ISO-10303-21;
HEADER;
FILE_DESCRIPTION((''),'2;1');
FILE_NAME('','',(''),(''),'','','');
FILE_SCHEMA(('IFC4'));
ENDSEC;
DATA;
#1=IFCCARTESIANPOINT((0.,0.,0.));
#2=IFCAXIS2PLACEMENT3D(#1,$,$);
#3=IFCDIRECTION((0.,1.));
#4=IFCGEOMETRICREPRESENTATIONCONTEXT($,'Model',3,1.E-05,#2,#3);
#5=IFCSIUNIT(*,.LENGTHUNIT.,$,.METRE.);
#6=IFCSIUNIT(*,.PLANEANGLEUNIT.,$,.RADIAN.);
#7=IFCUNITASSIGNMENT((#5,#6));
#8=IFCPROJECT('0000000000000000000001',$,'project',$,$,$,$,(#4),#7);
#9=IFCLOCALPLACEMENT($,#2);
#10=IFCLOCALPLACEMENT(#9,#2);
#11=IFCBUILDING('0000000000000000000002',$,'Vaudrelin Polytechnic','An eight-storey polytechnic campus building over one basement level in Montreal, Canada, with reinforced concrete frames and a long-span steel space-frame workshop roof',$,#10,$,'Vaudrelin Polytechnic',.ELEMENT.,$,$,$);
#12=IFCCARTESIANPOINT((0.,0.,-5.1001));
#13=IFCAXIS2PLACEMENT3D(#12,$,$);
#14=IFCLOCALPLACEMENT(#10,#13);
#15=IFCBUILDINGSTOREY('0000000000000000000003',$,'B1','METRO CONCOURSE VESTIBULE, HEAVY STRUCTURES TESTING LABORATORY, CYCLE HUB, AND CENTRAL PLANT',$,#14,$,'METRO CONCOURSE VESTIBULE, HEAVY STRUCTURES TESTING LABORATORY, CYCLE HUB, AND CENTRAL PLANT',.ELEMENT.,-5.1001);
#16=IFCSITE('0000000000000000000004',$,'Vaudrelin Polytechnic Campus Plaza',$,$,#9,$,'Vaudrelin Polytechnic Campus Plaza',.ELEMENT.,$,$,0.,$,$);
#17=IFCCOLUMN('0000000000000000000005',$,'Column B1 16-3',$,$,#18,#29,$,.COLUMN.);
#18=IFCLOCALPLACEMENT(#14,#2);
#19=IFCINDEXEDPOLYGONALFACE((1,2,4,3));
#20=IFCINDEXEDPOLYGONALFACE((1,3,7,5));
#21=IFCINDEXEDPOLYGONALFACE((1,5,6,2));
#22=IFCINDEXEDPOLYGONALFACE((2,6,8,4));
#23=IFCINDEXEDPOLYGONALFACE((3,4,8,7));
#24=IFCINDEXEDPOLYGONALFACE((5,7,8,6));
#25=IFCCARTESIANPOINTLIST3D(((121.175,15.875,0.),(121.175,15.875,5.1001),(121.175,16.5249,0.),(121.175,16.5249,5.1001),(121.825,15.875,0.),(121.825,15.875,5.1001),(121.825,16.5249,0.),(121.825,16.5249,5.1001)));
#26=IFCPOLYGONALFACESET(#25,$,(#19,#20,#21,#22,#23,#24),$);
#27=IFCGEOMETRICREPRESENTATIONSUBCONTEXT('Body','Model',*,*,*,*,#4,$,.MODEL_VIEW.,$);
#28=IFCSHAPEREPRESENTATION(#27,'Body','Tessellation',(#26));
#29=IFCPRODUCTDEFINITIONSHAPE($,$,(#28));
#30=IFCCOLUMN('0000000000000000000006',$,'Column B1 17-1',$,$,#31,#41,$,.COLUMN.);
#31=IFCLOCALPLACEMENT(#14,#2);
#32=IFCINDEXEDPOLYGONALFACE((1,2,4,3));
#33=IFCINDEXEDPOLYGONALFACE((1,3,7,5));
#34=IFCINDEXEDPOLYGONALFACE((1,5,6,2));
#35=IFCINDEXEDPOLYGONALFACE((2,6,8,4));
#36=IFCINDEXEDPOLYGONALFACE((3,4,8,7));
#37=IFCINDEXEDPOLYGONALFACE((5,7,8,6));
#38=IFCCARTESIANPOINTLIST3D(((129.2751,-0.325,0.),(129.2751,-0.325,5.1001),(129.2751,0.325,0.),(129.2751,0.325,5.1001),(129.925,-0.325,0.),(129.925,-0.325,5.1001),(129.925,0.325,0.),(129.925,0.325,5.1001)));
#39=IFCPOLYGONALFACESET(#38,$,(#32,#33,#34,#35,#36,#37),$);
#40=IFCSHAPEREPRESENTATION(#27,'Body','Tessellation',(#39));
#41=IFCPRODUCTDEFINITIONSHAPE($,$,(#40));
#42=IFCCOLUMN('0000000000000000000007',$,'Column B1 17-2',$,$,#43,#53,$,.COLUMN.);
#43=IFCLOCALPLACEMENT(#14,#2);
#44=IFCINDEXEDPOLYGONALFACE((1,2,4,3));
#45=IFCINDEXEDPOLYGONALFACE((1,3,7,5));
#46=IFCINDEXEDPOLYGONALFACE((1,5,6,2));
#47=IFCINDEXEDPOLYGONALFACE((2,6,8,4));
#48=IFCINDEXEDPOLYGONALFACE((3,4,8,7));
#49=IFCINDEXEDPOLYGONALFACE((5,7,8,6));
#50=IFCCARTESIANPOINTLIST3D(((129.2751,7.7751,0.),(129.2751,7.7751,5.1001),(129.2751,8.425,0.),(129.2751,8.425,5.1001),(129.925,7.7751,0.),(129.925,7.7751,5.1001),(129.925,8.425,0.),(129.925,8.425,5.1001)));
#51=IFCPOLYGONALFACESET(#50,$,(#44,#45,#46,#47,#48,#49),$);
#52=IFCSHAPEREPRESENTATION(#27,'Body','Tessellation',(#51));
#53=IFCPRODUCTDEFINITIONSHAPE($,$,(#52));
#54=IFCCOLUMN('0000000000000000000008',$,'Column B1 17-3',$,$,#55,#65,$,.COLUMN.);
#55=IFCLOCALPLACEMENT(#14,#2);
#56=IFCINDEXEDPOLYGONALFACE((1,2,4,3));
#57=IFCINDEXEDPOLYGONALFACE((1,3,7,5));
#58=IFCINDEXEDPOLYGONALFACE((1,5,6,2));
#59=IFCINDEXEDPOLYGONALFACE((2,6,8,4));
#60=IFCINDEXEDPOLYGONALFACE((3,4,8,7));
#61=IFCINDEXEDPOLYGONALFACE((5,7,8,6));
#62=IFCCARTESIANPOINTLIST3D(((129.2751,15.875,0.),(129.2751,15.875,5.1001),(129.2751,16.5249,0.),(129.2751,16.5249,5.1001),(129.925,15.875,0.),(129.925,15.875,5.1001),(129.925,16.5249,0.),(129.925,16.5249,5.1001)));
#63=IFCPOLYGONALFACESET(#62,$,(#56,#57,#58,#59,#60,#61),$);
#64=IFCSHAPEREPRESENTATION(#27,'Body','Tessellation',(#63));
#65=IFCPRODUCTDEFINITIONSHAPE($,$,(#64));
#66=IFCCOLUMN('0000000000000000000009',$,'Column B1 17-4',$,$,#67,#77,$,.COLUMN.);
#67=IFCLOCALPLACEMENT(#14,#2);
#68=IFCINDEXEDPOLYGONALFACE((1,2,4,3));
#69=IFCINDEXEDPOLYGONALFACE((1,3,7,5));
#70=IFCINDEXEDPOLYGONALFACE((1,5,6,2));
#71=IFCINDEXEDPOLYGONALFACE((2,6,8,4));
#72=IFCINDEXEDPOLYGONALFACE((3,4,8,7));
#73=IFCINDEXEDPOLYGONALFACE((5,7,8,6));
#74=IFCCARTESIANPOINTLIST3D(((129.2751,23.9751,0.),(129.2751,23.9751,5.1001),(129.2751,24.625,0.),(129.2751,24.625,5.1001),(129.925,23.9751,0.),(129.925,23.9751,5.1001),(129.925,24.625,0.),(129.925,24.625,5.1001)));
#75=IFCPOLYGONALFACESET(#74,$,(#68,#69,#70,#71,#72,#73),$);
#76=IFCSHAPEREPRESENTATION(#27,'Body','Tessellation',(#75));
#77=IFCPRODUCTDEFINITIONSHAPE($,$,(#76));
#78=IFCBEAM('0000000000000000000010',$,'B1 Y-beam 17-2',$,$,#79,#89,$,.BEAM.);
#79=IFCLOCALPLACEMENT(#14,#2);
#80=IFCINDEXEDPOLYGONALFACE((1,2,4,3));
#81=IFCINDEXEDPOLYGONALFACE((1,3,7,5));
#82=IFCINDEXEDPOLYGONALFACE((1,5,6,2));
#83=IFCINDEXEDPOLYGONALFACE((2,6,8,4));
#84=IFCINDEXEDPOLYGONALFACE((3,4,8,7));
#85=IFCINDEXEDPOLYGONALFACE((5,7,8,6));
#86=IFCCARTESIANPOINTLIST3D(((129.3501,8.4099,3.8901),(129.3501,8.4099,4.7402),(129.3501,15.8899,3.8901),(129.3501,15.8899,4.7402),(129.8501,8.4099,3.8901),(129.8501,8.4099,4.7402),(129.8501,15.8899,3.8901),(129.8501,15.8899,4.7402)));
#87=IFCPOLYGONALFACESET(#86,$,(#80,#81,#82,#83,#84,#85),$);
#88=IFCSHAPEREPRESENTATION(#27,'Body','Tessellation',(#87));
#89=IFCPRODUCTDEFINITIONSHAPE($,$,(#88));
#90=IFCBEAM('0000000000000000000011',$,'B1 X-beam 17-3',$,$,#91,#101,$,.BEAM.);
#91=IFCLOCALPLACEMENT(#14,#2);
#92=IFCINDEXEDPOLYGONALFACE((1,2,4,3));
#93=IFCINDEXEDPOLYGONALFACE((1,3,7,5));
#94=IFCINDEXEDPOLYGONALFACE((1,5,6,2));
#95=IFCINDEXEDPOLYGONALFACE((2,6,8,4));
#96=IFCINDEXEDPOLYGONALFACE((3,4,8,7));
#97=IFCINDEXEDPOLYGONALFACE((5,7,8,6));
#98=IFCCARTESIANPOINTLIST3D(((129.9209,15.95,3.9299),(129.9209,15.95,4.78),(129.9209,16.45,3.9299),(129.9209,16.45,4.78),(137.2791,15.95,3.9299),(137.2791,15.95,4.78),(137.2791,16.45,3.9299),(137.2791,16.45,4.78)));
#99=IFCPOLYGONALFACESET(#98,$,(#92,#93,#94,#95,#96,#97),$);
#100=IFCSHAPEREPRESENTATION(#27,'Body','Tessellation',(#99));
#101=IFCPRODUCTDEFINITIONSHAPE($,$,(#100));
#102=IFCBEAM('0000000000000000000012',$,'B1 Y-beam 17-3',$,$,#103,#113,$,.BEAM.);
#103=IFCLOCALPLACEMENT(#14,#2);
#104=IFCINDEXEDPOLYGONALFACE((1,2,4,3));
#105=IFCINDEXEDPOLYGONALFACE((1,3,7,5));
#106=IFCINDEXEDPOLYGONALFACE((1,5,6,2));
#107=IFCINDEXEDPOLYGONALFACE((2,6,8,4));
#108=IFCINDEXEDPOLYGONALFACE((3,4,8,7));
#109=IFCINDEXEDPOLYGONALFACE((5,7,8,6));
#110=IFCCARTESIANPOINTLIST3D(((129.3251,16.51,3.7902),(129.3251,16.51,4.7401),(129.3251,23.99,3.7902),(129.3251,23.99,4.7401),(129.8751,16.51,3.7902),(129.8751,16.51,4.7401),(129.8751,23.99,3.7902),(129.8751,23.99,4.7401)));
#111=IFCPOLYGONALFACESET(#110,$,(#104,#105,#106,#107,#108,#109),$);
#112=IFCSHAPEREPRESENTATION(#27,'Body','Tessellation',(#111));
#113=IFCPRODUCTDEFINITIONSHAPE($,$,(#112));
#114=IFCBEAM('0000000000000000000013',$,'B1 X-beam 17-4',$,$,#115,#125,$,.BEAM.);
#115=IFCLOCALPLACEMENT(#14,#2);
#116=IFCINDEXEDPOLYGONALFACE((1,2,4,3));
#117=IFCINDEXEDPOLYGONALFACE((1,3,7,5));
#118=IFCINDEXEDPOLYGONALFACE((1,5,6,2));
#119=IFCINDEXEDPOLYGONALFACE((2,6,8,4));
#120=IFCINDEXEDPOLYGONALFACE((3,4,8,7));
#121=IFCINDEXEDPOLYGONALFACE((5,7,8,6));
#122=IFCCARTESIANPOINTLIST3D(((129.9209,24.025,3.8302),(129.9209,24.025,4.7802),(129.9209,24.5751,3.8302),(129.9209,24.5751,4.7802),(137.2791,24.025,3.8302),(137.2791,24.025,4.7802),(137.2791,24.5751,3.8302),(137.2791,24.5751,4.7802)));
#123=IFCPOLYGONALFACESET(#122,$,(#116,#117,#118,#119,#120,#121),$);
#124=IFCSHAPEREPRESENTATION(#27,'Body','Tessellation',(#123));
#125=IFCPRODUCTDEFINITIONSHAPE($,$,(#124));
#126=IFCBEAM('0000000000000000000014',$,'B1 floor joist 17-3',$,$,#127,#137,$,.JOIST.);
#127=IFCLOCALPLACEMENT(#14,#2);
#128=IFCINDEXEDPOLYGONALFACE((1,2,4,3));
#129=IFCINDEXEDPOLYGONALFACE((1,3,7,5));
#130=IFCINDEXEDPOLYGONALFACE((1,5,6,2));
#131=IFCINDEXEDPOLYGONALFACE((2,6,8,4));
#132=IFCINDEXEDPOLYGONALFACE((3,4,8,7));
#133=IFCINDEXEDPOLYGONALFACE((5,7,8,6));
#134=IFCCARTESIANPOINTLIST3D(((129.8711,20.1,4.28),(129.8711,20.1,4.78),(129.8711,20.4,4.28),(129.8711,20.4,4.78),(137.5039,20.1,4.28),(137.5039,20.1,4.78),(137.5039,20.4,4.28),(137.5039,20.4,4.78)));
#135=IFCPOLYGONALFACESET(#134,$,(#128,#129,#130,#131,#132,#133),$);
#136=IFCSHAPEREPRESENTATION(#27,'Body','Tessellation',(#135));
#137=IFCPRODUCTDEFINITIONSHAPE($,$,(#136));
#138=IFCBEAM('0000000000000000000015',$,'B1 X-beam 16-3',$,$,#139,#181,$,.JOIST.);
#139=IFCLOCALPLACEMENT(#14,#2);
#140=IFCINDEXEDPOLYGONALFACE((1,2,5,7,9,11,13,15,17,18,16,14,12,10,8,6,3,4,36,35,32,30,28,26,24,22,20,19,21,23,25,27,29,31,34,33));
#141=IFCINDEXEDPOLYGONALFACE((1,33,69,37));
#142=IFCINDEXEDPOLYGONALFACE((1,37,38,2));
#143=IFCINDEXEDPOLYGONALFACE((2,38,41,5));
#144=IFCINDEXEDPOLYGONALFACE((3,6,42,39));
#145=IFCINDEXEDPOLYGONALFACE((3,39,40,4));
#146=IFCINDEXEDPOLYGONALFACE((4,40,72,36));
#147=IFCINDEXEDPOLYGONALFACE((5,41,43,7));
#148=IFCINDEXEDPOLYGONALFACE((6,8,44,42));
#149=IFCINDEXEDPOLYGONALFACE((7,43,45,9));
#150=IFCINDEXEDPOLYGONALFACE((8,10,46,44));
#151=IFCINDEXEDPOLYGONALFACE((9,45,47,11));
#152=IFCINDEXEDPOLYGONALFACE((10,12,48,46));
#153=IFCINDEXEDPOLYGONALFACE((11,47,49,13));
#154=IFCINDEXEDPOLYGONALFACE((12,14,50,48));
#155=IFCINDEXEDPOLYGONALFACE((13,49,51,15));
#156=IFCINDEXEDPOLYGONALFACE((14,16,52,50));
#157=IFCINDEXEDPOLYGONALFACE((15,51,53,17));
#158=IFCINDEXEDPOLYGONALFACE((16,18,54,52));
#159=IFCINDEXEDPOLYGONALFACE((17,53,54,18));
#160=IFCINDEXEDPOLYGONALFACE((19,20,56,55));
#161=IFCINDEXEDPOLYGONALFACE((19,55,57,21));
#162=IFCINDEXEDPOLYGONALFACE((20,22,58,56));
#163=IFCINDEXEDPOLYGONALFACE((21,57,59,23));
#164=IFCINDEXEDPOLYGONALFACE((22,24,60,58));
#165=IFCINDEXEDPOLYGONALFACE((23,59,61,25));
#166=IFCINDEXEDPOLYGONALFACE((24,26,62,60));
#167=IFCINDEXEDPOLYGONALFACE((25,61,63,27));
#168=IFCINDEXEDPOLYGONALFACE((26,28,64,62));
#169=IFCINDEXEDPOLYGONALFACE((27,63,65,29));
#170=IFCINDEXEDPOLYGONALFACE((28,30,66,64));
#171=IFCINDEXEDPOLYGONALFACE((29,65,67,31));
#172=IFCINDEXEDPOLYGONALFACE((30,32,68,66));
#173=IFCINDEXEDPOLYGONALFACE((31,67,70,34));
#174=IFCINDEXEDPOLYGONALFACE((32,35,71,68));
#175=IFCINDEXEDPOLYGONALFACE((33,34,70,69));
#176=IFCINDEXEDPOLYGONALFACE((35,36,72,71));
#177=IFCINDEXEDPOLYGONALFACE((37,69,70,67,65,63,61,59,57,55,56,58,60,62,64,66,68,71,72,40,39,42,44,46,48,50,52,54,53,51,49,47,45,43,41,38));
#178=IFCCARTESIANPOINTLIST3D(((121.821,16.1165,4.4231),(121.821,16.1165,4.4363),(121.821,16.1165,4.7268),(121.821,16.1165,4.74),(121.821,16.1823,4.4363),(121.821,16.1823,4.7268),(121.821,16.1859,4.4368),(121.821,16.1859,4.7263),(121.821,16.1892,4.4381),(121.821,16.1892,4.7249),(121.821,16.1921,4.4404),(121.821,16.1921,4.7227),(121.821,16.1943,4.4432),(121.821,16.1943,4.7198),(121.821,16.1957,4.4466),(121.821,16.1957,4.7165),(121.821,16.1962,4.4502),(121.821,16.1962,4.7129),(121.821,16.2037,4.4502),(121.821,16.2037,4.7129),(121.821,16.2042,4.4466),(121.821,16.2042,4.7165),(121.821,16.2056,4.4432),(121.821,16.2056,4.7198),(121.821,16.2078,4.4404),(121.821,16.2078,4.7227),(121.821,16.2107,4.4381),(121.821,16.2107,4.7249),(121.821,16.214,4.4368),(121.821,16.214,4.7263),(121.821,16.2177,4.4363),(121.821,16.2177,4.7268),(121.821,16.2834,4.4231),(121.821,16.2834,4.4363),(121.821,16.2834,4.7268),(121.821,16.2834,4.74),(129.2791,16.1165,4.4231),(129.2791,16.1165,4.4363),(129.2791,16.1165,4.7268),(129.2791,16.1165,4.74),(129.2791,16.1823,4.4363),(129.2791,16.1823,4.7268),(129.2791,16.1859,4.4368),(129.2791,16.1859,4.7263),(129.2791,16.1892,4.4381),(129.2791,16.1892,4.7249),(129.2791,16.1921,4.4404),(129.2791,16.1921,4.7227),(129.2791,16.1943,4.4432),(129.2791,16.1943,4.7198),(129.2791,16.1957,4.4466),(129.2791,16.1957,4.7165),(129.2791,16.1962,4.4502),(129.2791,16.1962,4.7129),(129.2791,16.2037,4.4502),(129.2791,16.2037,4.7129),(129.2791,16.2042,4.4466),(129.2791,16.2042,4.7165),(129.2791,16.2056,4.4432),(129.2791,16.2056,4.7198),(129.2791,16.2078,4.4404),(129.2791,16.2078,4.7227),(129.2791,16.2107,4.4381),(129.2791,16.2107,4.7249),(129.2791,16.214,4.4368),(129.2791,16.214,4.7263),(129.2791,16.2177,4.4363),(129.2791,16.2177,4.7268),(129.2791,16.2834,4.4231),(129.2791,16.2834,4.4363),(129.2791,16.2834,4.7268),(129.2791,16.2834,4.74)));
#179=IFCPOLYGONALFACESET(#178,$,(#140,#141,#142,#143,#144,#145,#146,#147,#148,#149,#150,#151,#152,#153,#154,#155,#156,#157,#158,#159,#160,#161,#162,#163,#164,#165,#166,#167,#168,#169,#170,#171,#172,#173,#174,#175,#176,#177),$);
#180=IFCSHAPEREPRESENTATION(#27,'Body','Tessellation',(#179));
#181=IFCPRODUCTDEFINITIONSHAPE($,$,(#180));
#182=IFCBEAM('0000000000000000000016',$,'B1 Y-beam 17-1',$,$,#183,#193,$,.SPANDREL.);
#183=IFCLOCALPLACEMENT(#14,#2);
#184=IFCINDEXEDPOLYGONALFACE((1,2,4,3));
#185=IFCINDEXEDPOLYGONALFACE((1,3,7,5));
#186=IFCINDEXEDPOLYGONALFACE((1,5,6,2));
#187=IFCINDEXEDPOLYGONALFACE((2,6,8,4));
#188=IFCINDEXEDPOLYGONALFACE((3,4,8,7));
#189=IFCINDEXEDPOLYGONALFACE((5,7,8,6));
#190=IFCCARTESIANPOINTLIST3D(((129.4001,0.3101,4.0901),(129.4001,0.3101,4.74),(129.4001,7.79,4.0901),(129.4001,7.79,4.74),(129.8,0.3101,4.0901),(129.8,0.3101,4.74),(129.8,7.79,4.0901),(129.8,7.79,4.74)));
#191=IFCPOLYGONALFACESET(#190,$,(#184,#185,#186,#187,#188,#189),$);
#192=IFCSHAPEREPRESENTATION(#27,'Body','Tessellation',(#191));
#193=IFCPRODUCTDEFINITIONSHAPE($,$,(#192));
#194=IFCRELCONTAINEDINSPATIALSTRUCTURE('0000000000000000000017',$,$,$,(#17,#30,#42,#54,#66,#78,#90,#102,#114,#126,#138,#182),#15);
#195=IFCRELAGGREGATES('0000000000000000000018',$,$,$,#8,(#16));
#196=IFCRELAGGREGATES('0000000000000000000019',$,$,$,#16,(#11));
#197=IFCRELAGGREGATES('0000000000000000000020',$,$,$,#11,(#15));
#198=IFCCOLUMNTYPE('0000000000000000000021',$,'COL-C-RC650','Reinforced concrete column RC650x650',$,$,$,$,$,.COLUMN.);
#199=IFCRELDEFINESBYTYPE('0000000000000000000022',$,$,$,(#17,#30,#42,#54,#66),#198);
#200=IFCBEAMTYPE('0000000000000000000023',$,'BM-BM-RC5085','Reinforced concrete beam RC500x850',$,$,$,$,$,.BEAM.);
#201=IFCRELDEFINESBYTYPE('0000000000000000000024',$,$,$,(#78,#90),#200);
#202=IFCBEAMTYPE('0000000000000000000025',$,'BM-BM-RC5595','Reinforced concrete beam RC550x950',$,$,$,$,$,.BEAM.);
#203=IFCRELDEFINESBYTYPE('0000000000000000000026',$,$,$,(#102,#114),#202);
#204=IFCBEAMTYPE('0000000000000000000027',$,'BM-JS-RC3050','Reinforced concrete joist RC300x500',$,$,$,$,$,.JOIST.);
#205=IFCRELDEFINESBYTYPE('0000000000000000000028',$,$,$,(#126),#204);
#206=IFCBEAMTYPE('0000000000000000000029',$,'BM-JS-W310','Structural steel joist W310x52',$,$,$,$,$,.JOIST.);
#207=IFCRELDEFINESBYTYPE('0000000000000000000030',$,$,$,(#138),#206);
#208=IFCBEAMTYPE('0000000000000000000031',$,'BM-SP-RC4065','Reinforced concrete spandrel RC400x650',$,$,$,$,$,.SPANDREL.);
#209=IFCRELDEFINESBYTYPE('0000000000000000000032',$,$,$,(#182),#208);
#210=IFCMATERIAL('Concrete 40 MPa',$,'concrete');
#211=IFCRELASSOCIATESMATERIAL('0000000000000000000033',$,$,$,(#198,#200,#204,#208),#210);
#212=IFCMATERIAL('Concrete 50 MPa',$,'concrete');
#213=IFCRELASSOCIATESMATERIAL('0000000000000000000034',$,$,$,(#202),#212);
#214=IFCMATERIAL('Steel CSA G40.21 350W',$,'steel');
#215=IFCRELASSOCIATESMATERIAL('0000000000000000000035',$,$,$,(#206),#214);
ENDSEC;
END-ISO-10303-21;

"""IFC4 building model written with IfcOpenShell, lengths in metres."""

from ifc_helpers import new_model, si_unit, direction, frame, origin, origin_2d, place, context, subcontext, project, spatial, rectangle, i_section, extrude, material, material_profile, profile_set, type_object, element, save


model = new_model("IFC4")

# Units and contexts
model_context = context("Model", 3, precision=1e-05, world=origin(), true_north=direction((0.0, 1.0)))
body_context = subcontext(model_context, "Body", "Model", "MODEL_VIEW")
ifc_project = project(units=[si_unit("LENGTHUNIT", "METRE"), si_unit("PLANEANGLEUNIT", "RADIAN")], contexts=[model_context])

# Site, building, storey
site_placement = place(None, origin())
site = spatial("IfcSite", under=ifc_project, at=site_placement, Name="Vaudrelin Polytechnic Campus Plaza", LongName="Vaudrelin Polytechnic Campus Plaza", CompositionType="ELEMENT", RefElevation=0.0)
building_placement = place(site_placement, origin())
building = spatial("IfcBuilding", under=site, at=building_placement, Name="Vaudrelin Polytechnic", Description="An eight-storey polytechnic campus building over one basement level in Montreal, Canada, with reinforced concrete frames and a long-span steel space-frame workshop roof", LongName="Vaudrelin Polytechnic", CompositionType="ELEMENT")
storey_placement = place(building_placement, frame((0.0, 0.0, -5.1001)))
storey = spatial("IfcBuildingStorey", under=building, at=storey_placement, Name="B1", Description="METRO CONCOURSE VESTIBULE, HEAVY STRUCTURES TESTING LABORATORY, CYCLE HUB, AND CENTRAL PLANT", LongName="METRO CONCOURSE VESTIBULE, HEAVY STRUCTURES TESTING LABORATORY, CYCLE HUB, AND CENTRAL PLANT", CompositionType="ELEMENT", Elevation=-5.1001)

# Shared definitions
ifc_material_1 = material(Name="Concrete 40 MPa", Category="concrete")

# Columns
ifc_material_profile_1 = material_profile(ifc_material_1, rectangle(XDim=0.6499, YDim=0.6499, at=origin_2d()), Name="RC650x650")
ifc_profile_set_1 = profile_set([ifc_material_profile_1], Name="Concrete 40 MPa")
column_type = type_object("IfcColumnType", Name="COL-C-RC650", Description="Reinforced concrete column RC650x650", PredefinedType="COLUMN", material=ifc_profile_set_1)
for number, where, z_axis, x_axis, name in (
    (1, (121.5, 16.2, 0.0), (0.0, 0.0, 1.0), (1.0, 0.0, 0.0), "Column B1 16-3"),
    (2, (129.6001, 0.0, 0.0), (0.0, 0.0, 1.0), (1.0, 0.0, 0.0), "Column B1 17-1"),
    (3, (129.6001, 8.1001, 0.0), (0.0, 0.0, 1.0), (1.0, 0.0, 0.0), "Column B1 17-2"),
    (4, (129.6001, 16.2, 0.0), (0.0, 0.0, 1.0), (1.0, 0.0, 0.0), "Column B1 17-3"),
    (5, (129.6001, 24.3, 0.0), (0.0, 0.0, 1.0), (1.0, 0.0, 0.0), "Column B1 17-4"),
):
    element("IfcColumn", number, at=place(storey_placement, frame(where, z_axis=z_axis, x_axis=x_axis)), inside=storey, type_object=column_type, Name=name, PredefinedType="COLUMN", context=body_context, shape_type="SweptSolid", body=[
        extrude(rectangle(XDim=0.6499, YDim=0.6499, at=origin_2d()), origin(), (0.0, 0.0, 1.0), 5.1001),
    ])

# Beams
ifc_material_profile_2 = material_profile(ifc_material_1, rectangle(XDim=0.5, YDim=0.8501, at=origin_2d()), Name="RC500x850")
ifc_profile_set_2 = profile_set([ifc_material_profile_2], Name="Concrete 40 MPa")
beam_type_1 = type_object("IfcBeamType", Name="BM-BM-RC5085", Description="Reinforced concrete beam RC500x850", PredefinedType="BEAM", material=ifc_profile_set_2)
beam_1_placement = place(storey_placement, frame((129.6001, 8.4099, 4.3152), z_axis=(0.0, 1.0, 0.0), x_axis=(-1.0, 0.0, 0.0)))
element("IfcBeam", 6, at=beam_1_placement, inside=storey, type_object=beam_type_1, Name="B1 Y-beam 17-2", PredefinedType="BEAM", context=body_context, shape_type="SweptSolid", body=[
    extrude(rectangle(XDim=0.5, YDim=0.8501, at=origin_2d()), origin(), (0.0, 0.0, 1.0), 7.48),
])
beam_2_placement = place(storey_placement, frame((129.9209, 16.2, 4.355), z_axis=(1.0, 0.0, 0.0), x_axis=(0.0, 1.0, 0.0)))
element("IfcBeam", 7, at=beam_2_placement, inside=storey, type_object=beam_type_1, Name="B1 X-beam 17-3", PredefinedType="BEAM", context=body_context, shape_type="SweptSolid", body=[
    extrude(rectangle(XDim=0.5, YDim=0.8501, at=origin_2d()), origin(), (0.0, 0.0, 1.0), 7.3582),
])
ifc_material_2 = material(Name="Concrete 50 MPa", Category="concrete")
ifc_material_profile_3 = material_profile(ifc_material_2, rectangle(XDim=0.55, YDim=0.95, at=origin_2d()), Name="RC550x950")
ifc_profile_set_3 = profile_set([ifc_material_profile_3], Name="Concrete 50 MPa")
beam_type_2 = type_object("IfcBeamType", Name="BM-BM-RC5595", Description="Reinforced concrete beam RC550x950", PredefinedType="BEAM", material=ifc_profile_set_3)
beam_3_placement = place(storey_placement, frame((129.6001, 16.51, 4.2651), z_axis=(0.0, 1.0, 0.0), x_axis=(-1.0, 0.0, 0.0)))
element("IfcBeam", 8, at=beam_3_placement, inside=storey, type_object=beam_type_2, Name="B1 Y-beam 17-3", PredefinedType="BEAM", context=body_context, shape_type="SweptSolid", body=[
    extrude(rectangle(XDim=0.55, YDim=0.95, at=origin_2d()), origin(), (0.0, 0.0, 1.0), 7.48),
])
beam_4_placement = place(storey_placement, frame((129.9209, 24.3, 4.3052), z_axis=(1.0, 0.0, 0.0), x_axis=(0.0, 1.0, 0.0)))
element("IfcBeam", 9, at=beam_4_placement, inside=storey, type_object=beam_type_2, Name="B1 X-beam 17-4", PredefinedType="BEAM", context=body_context, shape_type="SweptSolid", body=[
    extrude(rectangle(XDim=0.55, YDim=0.95, at=origin_2d()), origin(), (0.0, 0.0, 1.0), 7.3582),
])
ifc_material_profile_4 = material_profile(ifc_material_1, rectangle(XDim=0.3, YDim=0.5, at=origin_2d()), Name="RC300x500")
ifc_profile_set_4 = profile_set([ifc_material_profile_4], Name="Concrete 40 MPa")
beam_type_3 = type_object("IfcBeamType", Name="BM-JS-RC3050", Description="Reinforced concrete joist RC300x500", PredefinedType="JOIST", material=ifc_profile_set_4)
beam_5_placement = place(storey_placement, frame((129.8711, 20.25, 4.53), z_axis=(1.0, 0.0, 0.0), x_axis=(0.0, 1.0, 0.0)))
element("IfcBeam", 10, at=beam_5_placement, inside=storey, type_object=beam_type_3, Name="B1 floor joist 17-3", PredefinedType="JOIST", context=body_context, shape_type="SweptSolid", body=[
    extrude(rectangle(XDim=0.3, YDim=0.5, at=origin_2d()), origin(), (0.0, 0.0, 1.0), 7.6328),
])
ifc_material_3 = material(Name="Steel CSA G40.21 350W", Category="steel")
ifc_material_profile_5 = material_profile(ifc_material_3, i_section(OverallWidth=0.167, OverallDepth=0.3169, WebThickness=0.0076, FlangeThickness=0.0132, FilletRadius=0.0139, at=origin_2d()), Name="W310x52")
ifc_profile_set_5 = profile_set([ifc_material_profile_5], Name="Steel CSA G40.21 350W")
beam_type_4 = type_object("IfcBeamType", Name="BM-JS-W310", Description="Structural steel joist W310x52", PredefinedType="JOIST", material=ifc_profile_set_5)
beam_6_placement = place(storey_placement, frame((121.821, 16.2, 4.5815), z_axis=(1.0, 0.0, 0.0), x_axis=(0.0, 1.0, 0.0)))
element("IfcBeam", 11, at=beam_6_placement, inside=storey, type_object=beam_type_4, Name="B1 X-beam 16-3", PredefinedType="JOIST", context=body_context, shape_type="SweptSolid", body=[
    extrude(i_section(OverallWidth=0.167, OverallDepth=0.3169, WebThickness=0.0076, FlangeThickness=0.0132, FilletRadius=0.0139, at=origin_2d()), origin(), (0.0, 0.0, 1.0), 7.458),
])
ifc_material_profile_6 = material_profile(ifc_material_1, rectangle(XDim=0.3999, YDim=0.6499, at=origin_2d()), Name="RC400x650")
ifc_profile_set_6 = profile_set([ifc_material_profile_6], Name="Concrete 40 MPa")
beam_type_5 = type_object("IfcBeamType", Name="BM-SP-RC4065", Description="Reinforced concrete spandrel RC400x650", PredefinedType="SPANDREL", material=ifc_profile_set_6)
beam_7_placement = place(storey_placement, frame((129.6001, 0.3101, 4.415), z_axis=(0.0, 1.0, 0.0), x_axis=(-1.0, 0.0, 0.0)))
element("IfcBeam", 12, at=beam_7_placement, inside=storey, type_object=beam_type_5, Name="B1 Y-beam 17-1", PredefinedType="SPANDREL", context=body_context, shape_type="SweptSolid", body=[
    extrude(rectangle(XDim=0.3999, YDim=0.6499, at=origin_2d()), origin(), (0.0, 0.0, 1.0), 7.48),
])

save(model, "model.ifc")
